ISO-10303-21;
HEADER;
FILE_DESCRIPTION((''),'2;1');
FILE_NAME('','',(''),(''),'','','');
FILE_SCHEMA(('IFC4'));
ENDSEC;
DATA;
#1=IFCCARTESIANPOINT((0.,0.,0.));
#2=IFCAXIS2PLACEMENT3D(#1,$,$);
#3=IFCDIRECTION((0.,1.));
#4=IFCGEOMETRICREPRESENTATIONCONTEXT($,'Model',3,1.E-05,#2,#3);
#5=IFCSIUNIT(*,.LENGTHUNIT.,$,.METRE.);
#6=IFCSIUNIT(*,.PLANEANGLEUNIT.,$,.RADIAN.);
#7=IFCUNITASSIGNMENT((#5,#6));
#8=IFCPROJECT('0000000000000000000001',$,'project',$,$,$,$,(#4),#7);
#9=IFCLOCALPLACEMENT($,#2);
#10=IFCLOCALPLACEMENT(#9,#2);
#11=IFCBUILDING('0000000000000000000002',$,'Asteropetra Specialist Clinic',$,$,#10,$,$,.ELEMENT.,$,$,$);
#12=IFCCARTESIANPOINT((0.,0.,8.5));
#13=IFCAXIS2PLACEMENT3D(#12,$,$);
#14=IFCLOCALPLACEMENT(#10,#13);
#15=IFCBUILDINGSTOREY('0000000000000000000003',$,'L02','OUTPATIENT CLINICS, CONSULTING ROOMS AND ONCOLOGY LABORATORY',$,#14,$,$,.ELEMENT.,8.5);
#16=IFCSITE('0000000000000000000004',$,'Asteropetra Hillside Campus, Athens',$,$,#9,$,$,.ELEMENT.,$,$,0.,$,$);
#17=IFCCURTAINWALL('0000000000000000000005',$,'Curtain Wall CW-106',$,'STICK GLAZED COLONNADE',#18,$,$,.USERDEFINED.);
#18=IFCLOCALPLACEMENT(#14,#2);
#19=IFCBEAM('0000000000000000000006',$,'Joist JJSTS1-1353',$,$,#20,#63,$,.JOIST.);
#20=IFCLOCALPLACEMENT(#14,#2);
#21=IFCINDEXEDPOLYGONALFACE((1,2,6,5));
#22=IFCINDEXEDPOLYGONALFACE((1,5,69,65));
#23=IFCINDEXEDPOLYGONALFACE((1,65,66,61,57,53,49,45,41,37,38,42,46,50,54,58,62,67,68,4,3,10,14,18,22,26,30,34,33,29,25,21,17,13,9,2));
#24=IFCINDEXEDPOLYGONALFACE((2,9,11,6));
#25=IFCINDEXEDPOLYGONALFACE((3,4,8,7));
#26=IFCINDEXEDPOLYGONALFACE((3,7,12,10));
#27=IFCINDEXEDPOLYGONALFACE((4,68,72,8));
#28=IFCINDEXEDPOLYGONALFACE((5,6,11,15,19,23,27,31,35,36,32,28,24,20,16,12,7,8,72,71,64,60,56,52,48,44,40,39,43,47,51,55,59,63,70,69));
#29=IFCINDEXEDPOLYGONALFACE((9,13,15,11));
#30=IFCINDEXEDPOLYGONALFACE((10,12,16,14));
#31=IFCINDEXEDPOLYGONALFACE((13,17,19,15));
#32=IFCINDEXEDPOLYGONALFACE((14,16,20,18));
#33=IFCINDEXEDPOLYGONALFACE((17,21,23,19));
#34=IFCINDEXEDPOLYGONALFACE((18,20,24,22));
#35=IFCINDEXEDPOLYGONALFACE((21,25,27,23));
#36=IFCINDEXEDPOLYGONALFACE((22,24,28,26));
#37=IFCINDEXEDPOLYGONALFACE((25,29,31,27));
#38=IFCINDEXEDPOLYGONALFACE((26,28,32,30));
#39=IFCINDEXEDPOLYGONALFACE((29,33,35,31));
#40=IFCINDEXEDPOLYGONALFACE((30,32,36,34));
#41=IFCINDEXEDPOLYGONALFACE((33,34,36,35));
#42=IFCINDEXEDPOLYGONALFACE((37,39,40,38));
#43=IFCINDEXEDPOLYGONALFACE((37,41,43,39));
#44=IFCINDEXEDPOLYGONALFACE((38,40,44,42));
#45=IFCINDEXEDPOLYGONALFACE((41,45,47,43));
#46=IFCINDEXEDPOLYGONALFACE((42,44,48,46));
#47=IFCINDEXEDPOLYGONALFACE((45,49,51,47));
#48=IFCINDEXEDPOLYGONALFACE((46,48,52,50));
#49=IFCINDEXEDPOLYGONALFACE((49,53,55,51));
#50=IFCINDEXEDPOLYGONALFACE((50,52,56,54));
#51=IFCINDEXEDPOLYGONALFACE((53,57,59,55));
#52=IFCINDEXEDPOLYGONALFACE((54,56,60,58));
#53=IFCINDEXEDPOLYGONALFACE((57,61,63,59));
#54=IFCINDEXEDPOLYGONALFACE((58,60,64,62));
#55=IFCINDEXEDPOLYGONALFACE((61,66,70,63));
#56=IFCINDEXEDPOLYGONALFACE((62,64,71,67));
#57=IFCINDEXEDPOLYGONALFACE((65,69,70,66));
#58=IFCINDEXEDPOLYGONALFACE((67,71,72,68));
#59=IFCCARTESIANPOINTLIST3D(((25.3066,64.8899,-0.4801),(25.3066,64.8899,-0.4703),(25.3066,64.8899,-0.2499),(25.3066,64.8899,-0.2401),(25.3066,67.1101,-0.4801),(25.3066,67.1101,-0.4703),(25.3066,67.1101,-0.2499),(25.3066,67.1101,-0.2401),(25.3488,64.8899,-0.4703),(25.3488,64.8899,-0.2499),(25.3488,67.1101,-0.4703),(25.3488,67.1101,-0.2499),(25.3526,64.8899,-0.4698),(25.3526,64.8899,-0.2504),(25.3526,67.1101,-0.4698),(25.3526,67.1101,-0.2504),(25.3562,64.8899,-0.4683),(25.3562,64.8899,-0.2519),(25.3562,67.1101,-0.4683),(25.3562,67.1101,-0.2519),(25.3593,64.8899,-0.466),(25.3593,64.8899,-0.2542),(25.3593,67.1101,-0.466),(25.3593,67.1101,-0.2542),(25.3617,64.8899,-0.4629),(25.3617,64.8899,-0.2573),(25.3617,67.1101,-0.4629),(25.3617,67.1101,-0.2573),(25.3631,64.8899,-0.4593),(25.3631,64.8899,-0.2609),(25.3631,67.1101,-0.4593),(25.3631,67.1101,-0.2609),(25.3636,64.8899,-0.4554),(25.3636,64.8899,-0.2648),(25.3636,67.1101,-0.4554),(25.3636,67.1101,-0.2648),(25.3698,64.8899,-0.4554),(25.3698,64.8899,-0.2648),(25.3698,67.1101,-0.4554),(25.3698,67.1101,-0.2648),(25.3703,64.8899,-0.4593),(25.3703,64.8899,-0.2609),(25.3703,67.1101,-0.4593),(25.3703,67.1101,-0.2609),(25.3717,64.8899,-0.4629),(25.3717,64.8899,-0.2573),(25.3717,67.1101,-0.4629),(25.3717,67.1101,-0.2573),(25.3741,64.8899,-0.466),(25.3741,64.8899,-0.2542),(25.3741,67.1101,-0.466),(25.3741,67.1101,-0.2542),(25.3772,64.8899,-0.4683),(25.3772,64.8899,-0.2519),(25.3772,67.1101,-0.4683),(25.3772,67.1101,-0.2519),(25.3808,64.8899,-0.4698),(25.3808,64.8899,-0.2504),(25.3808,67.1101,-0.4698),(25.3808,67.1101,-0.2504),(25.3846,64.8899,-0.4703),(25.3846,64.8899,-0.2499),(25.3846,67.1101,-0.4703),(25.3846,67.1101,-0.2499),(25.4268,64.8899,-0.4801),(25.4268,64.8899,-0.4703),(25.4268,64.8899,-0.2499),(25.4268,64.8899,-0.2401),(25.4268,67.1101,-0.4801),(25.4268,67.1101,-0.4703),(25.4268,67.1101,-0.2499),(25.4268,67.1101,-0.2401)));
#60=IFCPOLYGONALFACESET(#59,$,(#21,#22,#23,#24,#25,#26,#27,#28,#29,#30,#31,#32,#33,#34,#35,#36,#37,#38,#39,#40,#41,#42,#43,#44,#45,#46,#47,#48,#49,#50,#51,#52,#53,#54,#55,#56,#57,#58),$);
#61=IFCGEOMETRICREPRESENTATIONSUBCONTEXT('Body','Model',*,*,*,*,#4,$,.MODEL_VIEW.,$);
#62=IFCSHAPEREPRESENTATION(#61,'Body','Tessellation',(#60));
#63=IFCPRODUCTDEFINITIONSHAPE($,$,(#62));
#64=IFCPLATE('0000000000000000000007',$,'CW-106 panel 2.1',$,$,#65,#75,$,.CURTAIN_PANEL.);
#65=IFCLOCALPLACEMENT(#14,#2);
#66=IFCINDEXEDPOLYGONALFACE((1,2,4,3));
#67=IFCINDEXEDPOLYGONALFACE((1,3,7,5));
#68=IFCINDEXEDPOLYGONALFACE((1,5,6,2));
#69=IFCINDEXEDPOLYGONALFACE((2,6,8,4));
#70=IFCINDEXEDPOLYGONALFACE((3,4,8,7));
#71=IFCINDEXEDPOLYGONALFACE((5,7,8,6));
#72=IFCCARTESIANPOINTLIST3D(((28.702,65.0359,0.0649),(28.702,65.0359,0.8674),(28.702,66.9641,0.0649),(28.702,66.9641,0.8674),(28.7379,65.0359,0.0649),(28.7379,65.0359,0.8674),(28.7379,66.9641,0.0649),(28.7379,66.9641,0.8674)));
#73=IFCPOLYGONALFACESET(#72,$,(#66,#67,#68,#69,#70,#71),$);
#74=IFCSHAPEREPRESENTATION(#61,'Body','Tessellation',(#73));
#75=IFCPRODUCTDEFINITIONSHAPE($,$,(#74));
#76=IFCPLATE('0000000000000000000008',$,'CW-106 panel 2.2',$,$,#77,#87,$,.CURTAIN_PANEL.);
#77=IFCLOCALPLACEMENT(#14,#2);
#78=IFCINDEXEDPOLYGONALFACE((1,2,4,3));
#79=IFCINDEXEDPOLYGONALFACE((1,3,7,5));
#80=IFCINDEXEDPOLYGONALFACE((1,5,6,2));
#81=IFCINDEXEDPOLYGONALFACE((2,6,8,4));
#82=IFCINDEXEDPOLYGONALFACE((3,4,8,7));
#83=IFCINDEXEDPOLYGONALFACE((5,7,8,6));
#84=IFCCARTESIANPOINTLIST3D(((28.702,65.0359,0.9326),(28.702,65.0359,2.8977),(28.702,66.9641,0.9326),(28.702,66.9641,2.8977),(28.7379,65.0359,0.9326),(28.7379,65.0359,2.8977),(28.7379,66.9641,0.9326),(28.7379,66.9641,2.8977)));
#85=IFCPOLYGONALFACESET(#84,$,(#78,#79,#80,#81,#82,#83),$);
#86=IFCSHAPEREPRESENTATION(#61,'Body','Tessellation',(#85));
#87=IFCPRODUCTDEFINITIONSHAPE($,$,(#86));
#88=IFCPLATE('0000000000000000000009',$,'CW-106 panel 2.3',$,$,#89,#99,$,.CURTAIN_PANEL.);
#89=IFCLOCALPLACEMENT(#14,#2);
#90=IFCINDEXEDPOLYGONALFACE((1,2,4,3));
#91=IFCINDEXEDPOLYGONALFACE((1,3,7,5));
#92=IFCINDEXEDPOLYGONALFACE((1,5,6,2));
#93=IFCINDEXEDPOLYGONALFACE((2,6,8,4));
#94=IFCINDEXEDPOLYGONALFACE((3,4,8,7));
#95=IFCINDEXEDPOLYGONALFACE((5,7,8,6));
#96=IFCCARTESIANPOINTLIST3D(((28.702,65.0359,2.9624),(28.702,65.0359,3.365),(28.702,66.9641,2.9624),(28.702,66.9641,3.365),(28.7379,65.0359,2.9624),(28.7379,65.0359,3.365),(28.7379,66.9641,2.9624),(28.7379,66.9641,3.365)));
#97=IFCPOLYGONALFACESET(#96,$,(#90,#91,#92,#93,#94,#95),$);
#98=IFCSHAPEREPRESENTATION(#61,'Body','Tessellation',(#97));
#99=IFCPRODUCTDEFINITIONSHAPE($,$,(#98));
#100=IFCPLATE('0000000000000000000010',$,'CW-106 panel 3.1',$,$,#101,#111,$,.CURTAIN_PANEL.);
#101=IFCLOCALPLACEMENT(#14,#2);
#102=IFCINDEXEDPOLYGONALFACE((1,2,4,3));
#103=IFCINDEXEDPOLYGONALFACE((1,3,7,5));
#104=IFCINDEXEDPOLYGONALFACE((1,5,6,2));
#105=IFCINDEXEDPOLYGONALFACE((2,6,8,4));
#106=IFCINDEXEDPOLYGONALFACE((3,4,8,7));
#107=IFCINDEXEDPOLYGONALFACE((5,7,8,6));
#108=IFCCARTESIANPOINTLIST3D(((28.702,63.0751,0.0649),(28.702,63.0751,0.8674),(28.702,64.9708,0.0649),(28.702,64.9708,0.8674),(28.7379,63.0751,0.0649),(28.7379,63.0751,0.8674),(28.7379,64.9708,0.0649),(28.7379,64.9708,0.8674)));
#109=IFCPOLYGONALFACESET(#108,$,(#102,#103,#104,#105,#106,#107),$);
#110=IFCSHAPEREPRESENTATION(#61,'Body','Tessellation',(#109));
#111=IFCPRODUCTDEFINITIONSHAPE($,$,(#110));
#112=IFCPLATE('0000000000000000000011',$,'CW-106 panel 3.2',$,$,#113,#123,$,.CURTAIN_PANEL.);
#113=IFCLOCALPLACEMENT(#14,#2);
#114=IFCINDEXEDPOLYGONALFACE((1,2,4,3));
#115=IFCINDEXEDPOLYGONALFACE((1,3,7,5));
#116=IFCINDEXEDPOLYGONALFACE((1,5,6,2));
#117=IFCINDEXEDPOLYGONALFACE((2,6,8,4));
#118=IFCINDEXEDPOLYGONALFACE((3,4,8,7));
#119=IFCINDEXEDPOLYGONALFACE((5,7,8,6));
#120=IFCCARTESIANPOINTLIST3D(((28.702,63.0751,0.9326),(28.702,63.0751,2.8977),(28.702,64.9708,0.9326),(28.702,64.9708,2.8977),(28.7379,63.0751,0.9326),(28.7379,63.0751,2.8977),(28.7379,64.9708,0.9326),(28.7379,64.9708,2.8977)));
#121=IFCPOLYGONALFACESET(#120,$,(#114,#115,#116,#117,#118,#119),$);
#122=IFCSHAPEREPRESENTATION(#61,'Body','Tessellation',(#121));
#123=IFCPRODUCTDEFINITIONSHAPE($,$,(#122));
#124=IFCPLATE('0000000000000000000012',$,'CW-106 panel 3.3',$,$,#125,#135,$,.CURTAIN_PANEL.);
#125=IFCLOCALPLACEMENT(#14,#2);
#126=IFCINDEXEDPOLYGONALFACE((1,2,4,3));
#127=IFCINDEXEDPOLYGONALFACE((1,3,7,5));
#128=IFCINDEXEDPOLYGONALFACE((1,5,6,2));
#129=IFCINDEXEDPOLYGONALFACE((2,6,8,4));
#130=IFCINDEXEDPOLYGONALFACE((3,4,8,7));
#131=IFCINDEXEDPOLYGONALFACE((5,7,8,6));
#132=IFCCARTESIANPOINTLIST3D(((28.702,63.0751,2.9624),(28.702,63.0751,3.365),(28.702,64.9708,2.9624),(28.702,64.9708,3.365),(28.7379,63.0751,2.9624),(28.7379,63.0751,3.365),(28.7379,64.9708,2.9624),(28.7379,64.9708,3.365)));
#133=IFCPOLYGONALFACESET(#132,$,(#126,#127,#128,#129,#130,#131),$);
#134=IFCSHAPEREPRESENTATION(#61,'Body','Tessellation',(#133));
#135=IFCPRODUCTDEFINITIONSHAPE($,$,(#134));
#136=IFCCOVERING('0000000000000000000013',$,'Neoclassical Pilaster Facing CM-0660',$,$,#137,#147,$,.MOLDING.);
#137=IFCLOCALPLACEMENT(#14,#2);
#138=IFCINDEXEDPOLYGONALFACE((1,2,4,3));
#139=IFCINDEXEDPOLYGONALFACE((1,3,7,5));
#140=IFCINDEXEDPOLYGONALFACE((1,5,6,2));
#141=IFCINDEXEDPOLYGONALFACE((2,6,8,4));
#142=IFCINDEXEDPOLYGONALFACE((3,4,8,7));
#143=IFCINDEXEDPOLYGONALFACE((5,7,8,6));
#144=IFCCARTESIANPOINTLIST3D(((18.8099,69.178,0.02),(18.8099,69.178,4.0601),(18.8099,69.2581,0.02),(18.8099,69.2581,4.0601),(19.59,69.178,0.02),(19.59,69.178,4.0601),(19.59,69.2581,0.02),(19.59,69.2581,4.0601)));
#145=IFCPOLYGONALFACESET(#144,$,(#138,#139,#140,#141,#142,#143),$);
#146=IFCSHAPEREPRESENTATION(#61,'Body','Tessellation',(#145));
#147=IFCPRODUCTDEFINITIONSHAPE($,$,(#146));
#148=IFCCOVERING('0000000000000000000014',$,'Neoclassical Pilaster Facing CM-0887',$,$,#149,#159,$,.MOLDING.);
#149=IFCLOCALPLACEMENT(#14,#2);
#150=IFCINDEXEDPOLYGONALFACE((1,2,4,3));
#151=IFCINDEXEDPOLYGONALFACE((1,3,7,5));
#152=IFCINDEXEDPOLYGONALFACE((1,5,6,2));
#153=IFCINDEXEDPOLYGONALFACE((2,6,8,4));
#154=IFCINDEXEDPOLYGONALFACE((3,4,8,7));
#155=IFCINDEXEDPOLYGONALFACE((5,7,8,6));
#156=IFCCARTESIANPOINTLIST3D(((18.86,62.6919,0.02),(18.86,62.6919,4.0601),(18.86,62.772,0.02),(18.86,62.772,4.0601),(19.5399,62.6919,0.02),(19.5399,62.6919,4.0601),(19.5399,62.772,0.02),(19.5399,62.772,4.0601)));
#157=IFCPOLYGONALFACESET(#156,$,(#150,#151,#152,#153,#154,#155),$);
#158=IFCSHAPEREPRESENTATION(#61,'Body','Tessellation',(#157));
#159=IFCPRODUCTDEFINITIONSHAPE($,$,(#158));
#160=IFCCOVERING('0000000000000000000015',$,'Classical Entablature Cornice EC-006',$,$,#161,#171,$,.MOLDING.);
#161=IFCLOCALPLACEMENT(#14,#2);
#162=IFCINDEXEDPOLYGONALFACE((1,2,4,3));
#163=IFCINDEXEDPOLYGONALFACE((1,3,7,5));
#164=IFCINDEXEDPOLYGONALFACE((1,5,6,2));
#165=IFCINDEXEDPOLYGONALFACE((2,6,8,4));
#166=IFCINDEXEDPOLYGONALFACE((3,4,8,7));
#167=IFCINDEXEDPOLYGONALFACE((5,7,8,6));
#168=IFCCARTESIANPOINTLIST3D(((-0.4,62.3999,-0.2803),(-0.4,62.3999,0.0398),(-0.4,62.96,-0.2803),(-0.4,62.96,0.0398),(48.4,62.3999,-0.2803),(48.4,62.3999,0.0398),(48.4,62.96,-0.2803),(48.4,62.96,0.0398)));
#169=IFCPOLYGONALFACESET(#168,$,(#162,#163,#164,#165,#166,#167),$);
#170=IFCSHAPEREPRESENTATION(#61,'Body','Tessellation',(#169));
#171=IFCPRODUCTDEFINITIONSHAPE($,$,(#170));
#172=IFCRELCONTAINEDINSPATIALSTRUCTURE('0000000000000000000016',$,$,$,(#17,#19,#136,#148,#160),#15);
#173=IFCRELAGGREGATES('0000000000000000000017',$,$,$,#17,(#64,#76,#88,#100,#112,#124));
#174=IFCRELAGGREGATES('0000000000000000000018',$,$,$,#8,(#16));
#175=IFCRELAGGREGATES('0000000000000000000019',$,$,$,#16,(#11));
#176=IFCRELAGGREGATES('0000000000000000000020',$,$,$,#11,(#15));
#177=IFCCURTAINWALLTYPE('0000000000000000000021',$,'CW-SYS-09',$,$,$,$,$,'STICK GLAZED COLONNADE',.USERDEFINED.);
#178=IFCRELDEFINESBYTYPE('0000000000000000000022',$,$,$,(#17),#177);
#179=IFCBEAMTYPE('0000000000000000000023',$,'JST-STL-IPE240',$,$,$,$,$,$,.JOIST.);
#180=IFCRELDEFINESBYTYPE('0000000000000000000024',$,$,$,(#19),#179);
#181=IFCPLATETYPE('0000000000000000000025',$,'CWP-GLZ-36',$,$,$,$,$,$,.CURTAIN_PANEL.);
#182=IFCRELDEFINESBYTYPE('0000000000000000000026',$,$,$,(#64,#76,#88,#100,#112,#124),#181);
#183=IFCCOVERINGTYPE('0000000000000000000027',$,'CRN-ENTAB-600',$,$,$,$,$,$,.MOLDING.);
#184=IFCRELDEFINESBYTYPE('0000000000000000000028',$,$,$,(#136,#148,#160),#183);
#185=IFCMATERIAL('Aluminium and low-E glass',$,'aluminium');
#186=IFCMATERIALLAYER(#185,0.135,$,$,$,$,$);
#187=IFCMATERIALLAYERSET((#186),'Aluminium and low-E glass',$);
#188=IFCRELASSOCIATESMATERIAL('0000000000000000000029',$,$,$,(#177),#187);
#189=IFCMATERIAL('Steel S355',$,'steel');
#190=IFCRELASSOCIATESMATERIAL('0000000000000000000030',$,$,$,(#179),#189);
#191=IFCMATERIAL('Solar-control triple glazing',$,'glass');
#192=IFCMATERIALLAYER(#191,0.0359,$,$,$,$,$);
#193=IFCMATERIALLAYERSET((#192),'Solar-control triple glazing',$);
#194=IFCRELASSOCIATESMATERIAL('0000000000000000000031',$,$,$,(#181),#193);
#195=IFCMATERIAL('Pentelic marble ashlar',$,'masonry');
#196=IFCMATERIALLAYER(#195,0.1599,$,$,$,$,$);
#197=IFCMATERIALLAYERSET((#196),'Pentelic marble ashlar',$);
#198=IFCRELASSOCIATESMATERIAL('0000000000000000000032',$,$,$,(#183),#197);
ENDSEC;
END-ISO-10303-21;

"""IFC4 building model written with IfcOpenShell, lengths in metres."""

from ifc_helpers import new_model, si_unit, direction, frame, origin, origin_2d, place, context, subcontext, project, spatial, rectangle, i_section, extrude, material, layer, layer_set, material_profile, profile_set, type_object, element, aggregate, save


model = new_model("IFC4")

# Units and contexts
model_context = context("Model", 3, precision=1e-05, world=origin(), true_north=direction((0.0, 1.0)))
body_context = subcontext(model_context, "Body", "Model", "MODEL_VIEW")
ifc_project = project(units=[si_unit("LENGTHUNIT", "METRE"), si_unit("PLANEANGLEUNIT", "RADIAN")], contexts=[model_context])

# Site, building, storey
site_placement = place(None, origin())
site = spatial("IfcSite", under=ifc_project, at=site_placement, Name="Asteropetra Hillside Campus, Athens", CompositionType="ELEMENT", RefElevation=0.0)
building_placement = place(site_placement, origin())
building = spatial("IfcBuilding", under=site, at=building_placement, Name="Asteropetra Specialist Clinic", CompositionType="ELEMENT")
storey_placement = place(building_placement, frame((0.0, 0.0, 8.5)))
storey = spatial("IfcBuildingStorey", under=building, at=storey_placement, Name="L02", Description="OUTPATIENT CLINICS, CONSULTING ROOMS AND ONCOLOGY LABORATORY", CompositionType="ELEMENT", Elevation=8.5)

# Curtain wall
ifc_material_1 = material(Name="Aluminium and low-E glass", Category="aluminium")
ifc_layer_1 = layer(ifc_material_1, 0.135)
ifc_layer_set_1 = layer_set([ifc_layer_1], Name="Aluminium and low-E glass")
curtain_wall_type = type_object("IfcCurtainWallType", Name="CW-SYS-09", ElementType="STICK GLAZED COLONNADE", PredefinedType="USERDEFINED", material=ifc_layer_set_1)
curtain_wall_placement = place(storey_placement, origin())
curtain_wall = element("IfcCurtainWall", 1, at=curtain_wall_placement, inside=storey, type_object=curtain_wall_type, Name="Curtain Wall CW-106", ObjectType="STICK GLAZED COLONNADE", PredefinedType="USERDEFINED")

# Beam
ifc_material_2 = material(Name="Steel S355", Category="steel")
ifc_material_profile_1 = material_profile(ifc_material_2, i_section(OverallWidth=0.1201, OverallDepth=0.24, WebThickness=0.0061, FlangeThickness=0.0098, FilletRadius=0.0149, at=origin_2d()), Name="IPE 240")
ifc_profile_set_1 = profile_set([ifc_material_profile_1], Name="Steel S355")
beam_type_1 = type_object("IfcBeamType", Name="JST-STL-IPE240", PredefinedType="JOIST", material=ifc_profile_set_1)
for number, where, z_axis, x_axis, name in (
    (2, (25.3667, 64.8899, -0.3601), (0.0, 1.0, 0.0), (-1.0, 0.0, 0.0), "Joist JJSTS1-1353"),
):
    element("IfcBeam", number, at=place(storey_placement, frame(where, z_axis=z_axis, x_axis=x_axis)), inside=storey, type_object=beam_type_1, Name=name, PredefinedType="JOIST", context=body_context, shape_type="SweptSolid", body=[
        extrude(i_section(OverallWidth=0.1201, OverallDepth=0.24, WebThickness=0.0061, FlangeThickness=0.0098, FilletRadius=0.0149, at=origin_2d()), origin(), (0.0, 0.0, 1.0), 2.2202),
    ])

# Plates
ifc_material_3 = material(Name="Solar-control triple glazing", Category="glass")
ifc_layer_2 = layer(ifc_material_3, 0.0359)
ifc_layer_set_2 = layer_set([ifc_layer_2], Name="Solar-control triple glazing")
plate_type = type_object("IfcPlateType", Name="CWP-GLZ-36", PredefinedType="CURTAIN_PANEL", material=ifc_layer_set_2)
plate_1_placement = place(storey_placement, frame((28.72, 66.0, 0.0649), z_axis=(0.0, 0.0, 1.0), x_axis=(0.0, -1.0, 0.0)))
plate_1 = element("IfcPlate", 3, at=plate_1_placement, type_object=plate_type, Name="CW-106 panel 2.1", PredefinedType="CURTAIN_PANEL", context=body_context, shape_type="SweptSolid", body=[
    extrude(rectangle(XDim=1.9282, YDim=0.0359, at=origin_2d()), origin(), (0.0, 0.0, 1.0), 0.8025),
])
plate_2_placement = place(storey_placement, frame((28.72, 66.0, 0.9326), z_axis=(0.0, 0.0, 1.0), x_axis=(0.0, -1.0, 0.0)))
plate_2 = element("IfcPlate", 4, at=plate_2_placement, type_object=plate_type, Name="CW-106 panel 2.2", PredefinedType="CURTAIN_PANEL", context=body_context, shape_type="SweptSolid", body=[
    extrude(rectangle(XDim=1.9282, YDim=0.0359, at=origin_2d()), origin(), (0.0, 0.0, 1.0), 1.9651),
])
plate_3_placement = place(storey_placement, frame((28.72, 66.0, 2.9624), z_axis=(0.0, 0.0, 1.0), x_axis=(0.0, -1.0, 0.0)))
plate_3 = element("IfcPlate", 5, at=plate_3_placement, type_object=plate_type, Name="CW-106 panel 2.3", PredefinedType="CURTAIN_PANEL", context=body_context, shape_type="SweptSolid", body=[
    extrude(rectangle(XDim=1.9282, YDim=0.0359, at=origin_2d()), origin(), (0.0, 0.0, 1.0), 0.4026),
])
plate_4_placement = place(storey_placement, frame((28.72, 64.0229, 0.0649), z_axis=(0.0, 0.0, 1.0), x_axis=(0.0, -1.0, 0.0)))
plate_4 = element("IfcPlate", 6, at=plate_4_placement, type_object=plate_type, Name="CW-106 panel 3.1", PredefinedType="CURTAIN_PANEL", context=body_context, shape_type="SweptSolid", body=[
    extrude(rectangle(XDim=1.8958, YDim=0.0359, at=origin_2d()), origin(), (0.0, 0.0, 1.0), 0.8025),
])
plate_5_placement = place(storey_placement, frame((28.72, 64.0229, 0.9326), z_axis=(0.0, 0.0, 1.0), x_axis=(0.0, -1.0, 0.0)))
plate_5 = element("IfcPlate", 7, at=plate_5_placement, type_object=plate_type, Name="CW-106 panel 3.2", PredefinedType="CURTAIN_PANEL", context=body_context, shape_type="SweptSolid", body=[
    extrude(rectangle(XDim=1.8958, YDim=0.0359, at=origin_2d()), origin(), (0.0, 0.0, 1.0), 1.9651),
])
plate_6_placement = place(storey_placement, frame((28.72, 64.0229, 2.9624), z_axis=(0.0, 0.0, 1.0), x_axis=(0.0, -1.0, 0.0)))
plate_6 = element("IfcPlate", 8, at=plate_6_placement, type_object=plate_type, Name="CW-106 panel 3.3", PredefinedType="CURTAIN_PANEL", context=body_context, shape_type="SweptSolid", body=[
    extrude(rectangle(XDim=1.8958, YDim=0.0359, at=origin_2d()), origin(), (0.0, 0.0, 1.0), 0.4026),
])
aggregate(curtain_wall, [plate_1, plate_2, plate_3, plate_4, plate_5, plate_6])

# Coverings
ifc_material_4 = material(Name="Pentelic marble ashlar", Category="masonry")
ifc_layer_3 = layer(ifc_material_4, 0.1599)
ifc_layer_set_3 = layer_set([ifc_layer_3], Name="Pentelic marble ashlar")
covering_type = type_object("IfcCoveringType", Name="CRN-ENTAB-600", PredefinedType="MOLDING", material=ifc_layer_set_3)
covering_1_placement = place(storey_placement, frame((19.2, 69.218, 0.02), z_axis=(0.0, 0.0, 1.0), x_axis=(1.0, 0.0, 0.0)))
element("IfcCovering", 9, at=covering_1_placement, inside=storey, type_object=covering_type, Name="Neoclassical Pilaster Facing CM-0660", PredefinedType="MOLDING", context=body_context, shape_type="SweptSolid", body=[
    extrude(rectangle(XDim=0.78, YDim=0.0801, at=origin_2d()), origin(), (0.0, 0.0, 1.0), 4.04),
])
covering_2_placement = place(storey_placement, frame((19.2, 62.7319, 0.02), z_axis=(0.0, 0.0, 1.0), x_axis=(1.0, 0.0, 0.0)))
element("IfcCovering", 10, at=covering_2_placement, inside=storey, type_object=covering_type, Name="Neoclassical Pilaster Facing CM-0887", PredefinedType="MOLDING", context=body_context, shape_type="SweptSolid", body=[
    extrude(rectangle(XDim=0.6799, YDim=0.0801, at=origin_2d()), origin(), (0.0, 0.0, 1.0), 4.04),
])
covering_3_placement = place(storey_placement, frame((24.0, 62.6799, -0.2803), z_axis=(0.0, 0.0, 1.0), x_axis=(1.0, 0.0, 0.0)))
element("IfcCovering", 11, at=covering_3_placement, inside=storey, type_object=covering_type, Name="Classical Entablature Cornice EC-006", PredefinedType="MOLDING", context=body_context, shape_type="SweptSolid", body=[
    extrude(rectangle(XDim=48.8, YDim=0.5601, at=origin_2d()), origin(), (0.0, 0.0, 1.0), 0.3201),
])

save(model, "model.ifc")
